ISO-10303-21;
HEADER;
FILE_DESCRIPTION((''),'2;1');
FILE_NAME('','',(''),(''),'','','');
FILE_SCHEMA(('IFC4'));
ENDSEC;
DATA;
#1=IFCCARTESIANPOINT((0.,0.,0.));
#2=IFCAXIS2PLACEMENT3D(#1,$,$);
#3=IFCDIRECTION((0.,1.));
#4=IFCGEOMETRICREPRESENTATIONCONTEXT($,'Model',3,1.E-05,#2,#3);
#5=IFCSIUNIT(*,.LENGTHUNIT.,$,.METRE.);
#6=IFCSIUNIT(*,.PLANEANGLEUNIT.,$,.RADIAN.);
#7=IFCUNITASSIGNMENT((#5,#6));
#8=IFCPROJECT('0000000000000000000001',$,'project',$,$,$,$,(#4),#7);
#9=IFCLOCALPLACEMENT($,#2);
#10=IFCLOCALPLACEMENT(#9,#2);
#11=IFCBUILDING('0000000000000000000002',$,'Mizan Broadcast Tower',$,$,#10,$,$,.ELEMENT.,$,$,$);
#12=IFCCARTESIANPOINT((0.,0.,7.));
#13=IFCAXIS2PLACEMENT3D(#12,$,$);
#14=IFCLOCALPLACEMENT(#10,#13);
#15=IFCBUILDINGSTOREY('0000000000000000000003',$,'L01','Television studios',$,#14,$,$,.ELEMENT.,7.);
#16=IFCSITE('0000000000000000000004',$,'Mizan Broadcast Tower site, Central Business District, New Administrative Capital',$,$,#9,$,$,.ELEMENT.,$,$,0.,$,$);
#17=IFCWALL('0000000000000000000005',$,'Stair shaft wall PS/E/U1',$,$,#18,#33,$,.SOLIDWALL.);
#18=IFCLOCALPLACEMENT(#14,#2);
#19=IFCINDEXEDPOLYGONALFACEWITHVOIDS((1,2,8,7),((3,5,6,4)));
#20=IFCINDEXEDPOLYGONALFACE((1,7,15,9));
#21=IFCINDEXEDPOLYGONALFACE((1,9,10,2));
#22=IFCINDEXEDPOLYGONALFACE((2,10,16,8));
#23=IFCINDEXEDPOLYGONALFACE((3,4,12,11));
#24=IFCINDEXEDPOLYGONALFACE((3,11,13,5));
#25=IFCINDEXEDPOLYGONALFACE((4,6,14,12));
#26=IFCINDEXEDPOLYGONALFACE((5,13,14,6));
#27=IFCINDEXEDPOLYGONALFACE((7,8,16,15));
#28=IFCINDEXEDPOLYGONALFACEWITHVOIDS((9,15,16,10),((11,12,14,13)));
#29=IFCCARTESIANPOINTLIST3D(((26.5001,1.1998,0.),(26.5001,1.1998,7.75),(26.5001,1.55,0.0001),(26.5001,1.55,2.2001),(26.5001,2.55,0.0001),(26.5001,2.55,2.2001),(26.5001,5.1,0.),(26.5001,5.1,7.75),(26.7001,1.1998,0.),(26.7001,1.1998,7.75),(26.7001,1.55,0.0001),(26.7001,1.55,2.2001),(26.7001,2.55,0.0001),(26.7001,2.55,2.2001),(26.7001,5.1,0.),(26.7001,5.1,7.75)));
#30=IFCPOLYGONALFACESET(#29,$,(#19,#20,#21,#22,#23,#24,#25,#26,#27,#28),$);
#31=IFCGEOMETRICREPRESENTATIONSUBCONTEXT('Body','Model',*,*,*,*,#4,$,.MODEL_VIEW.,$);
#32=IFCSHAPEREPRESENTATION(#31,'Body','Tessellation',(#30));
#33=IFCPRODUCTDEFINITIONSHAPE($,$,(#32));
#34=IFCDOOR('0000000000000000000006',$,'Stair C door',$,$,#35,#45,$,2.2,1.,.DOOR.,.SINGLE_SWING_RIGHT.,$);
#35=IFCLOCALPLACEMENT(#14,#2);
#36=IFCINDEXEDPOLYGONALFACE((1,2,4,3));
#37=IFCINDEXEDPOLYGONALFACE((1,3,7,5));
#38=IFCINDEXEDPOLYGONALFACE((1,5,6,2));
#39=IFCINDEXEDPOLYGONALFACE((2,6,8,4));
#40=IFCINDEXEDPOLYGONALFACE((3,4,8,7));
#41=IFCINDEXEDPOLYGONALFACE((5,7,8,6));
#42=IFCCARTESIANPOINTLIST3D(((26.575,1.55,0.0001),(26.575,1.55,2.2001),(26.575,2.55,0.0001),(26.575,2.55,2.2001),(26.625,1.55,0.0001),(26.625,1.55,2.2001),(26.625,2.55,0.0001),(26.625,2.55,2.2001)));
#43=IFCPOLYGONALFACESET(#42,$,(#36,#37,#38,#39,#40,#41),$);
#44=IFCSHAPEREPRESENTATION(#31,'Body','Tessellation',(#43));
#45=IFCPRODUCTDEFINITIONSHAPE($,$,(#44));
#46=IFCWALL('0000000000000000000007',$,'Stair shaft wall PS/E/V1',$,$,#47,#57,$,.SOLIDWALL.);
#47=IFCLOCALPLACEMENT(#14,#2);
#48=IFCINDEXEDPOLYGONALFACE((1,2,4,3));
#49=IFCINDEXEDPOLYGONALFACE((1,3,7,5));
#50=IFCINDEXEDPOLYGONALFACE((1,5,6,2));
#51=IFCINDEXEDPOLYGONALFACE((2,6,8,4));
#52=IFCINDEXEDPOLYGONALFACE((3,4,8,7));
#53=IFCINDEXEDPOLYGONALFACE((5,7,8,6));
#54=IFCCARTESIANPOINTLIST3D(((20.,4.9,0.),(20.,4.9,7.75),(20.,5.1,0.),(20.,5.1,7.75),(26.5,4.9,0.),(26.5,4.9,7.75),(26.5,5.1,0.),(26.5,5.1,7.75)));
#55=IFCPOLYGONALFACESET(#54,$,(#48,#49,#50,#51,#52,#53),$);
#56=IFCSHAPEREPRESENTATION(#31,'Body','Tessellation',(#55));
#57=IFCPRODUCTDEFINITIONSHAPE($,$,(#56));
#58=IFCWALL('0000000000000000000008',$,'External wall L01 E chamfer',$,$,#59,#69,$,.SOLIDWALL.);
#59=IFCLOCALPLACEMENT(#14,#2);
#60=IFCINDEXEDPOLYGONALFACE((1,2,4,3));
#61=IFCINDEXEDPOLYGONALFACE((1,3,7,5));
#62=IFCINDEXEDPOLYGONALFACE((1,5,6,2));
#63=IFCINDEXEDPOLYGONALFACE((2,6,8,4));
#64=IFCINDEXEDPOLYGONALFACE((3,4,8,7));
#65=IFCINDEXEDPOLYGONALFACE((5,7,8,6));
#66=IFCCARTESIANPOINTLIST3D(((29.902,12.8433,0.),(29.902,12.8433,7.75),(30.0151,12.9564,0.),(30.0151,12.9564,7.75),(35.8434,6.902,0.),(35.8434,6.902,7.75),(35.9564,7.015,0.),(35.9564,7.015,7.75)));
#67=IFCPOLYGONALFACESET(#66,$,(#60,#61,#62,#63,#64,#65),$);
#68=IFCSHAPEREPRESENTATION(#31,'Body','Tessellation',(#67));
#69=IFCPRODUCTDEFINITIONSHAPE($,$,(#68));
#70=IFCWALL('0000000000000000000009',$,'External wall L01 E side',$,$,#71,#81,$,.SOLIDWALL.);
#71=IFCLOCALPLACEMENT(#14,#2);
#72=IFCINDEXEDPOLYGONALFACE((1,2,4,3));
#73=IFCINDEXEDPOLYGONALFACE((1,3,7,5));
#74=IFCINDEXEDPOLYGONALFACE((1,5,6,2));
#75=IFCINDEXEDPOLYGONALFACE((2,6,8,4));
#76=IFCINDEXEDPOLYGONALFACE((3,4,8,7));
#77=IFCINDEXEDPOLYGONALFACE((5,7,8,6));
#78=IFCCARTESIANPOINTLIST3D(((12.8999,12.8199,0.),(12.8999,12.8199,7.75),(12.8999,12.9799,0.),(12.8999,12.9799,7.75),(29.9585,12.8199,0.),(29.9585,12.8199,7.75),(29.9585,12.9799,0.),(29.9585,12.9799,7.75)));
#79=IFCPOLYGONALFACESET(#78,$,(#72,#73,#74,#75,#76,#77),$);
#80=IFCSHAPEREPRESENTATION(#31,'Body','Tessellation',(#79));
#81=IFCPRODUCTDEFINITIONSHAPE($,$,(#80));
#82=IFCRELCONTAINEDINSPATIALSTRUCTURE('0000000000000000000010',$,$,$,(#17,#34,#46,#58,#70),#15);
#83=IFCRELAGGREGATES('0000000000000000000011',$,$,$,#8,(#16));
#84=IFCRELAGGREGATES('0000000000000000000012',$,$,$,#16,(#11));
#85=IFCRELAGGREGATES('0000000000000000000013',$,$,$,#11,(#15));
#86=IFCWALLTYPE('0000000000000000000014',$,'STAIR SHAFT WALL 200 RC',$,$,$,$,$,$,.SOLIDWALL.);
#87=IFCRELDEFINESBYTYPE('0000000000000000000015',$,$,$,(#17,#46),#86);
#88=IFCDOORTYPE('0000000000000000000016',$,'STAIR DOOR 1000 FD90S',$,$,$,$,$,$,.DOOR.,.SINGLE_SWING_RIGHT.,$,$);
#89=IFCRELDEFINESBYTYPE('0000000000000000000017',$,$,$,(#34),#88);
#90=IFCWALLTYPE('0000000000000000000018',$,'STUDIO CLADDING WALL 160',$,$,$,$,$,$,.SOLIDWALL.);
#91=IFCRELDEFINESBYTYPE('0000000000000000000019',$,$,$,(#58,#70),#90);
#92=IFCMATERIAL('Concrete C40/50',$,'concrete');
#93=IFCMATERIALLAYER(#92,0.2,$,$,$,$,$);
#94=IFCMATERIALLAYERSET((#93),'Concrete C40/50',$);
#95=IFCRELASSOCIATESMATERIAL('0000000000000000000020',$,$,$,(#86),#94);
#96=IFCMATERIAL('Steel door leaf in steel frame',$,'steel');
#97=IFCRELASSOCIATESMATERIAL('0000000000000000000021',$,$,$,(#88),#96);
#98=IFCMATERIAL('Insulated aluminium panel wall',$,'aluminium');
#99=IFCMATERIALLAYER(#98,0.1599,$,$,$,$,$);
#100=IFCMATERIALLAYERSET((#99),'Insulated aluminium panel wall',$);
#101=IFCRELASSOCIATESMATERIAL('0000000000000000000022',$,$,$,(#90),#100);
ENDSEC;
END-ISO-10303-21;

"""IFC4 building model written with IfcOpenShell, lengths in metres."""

from ifc_helpers import new_model, si_unit, direction, frame, frame_2d, origin, place, context, subcontext, project, spatial, rectangle, extrude, material, layer, layer_set, type_object, element, fill, save


model = new_model("IFC4")

# Units and contexts
model_context = context("Model", 3, precision=1e-05, world=origin(), true_north=direction((0.0, 1.0)))
body_context = subcontext(model_context, "Body", "Model", "MODEL_VIEW")
ifc_project = project(units=[si_unit("LENGTHUNIT", "METRE"), si_unit("PLANEANGLEUNIT", "RADIAN")], contexts=[model_context])

# Site, building, storey
site_placement = place(None, origin())
site = spatial("IfcSite", under=ifc_project, at=site_placement, Name="Mizan Broadcast Tower site, Central Business District, New Administrative Capital", CompositionType="ELEMENT", RefElevation=0.0)
building_placement = place(site_placement, origin())
building = spatial("IfcBuilding", under=site, at=building_placement, Name="Mizan Broadcast Tower", CompositionType="ELEMENT")
storey_placement = place(building_placement, frame((0.0, 0.0, 7.0)))
storey = spatial("IfcBuildingStorey", under=building, at=storey_placement, Name="L01", Description="Television studios", CompositionType="ELEMENT", Elevation=7.0)

# Wall, opening, door
ifc_material_1 = material(Name="Concrete C40/50", Category="concrete")
ifc_layer_1 = layer(ifc_material_1, 0.2)
ifc_layer_set_1 = layer_set([ifc_layer_1], Name="Concrete C40/50")
wall_type_1 = type_object("IfcWallType", Name="STAIR SHAFT WALL 200 RC", PredefinedType="SOLIDWALL", material=ifc_layer_set_1)
wall_1_placement = place(storey_placement, frame((26.6001, 5.1001, 0.0), z_axis=(0.0, 0.0, 1.0), x_axis=(0.0, -1.0, 0.0)))
wall_1 = element("IfcWall", 1, at=wall_1_placement, inside=storey, type_object=wall_type_1, Name="Stair shaft wall PS/E/U1", PredefinedType="SOLIDWALL", context=body_context, shape_type="SweptSolid", body=[
    extrude(rectangle(XDim=3.9001, YDim=0.2, at=frame_2d((1.9502, 0.0))), origin(), (0.0, 0.0, 1.0), 7.75),
])
opening_placement = place(wall_1_placement, frame((2.55, 0.0, 0.0)))
opening = element("IfcOpeningElement", 2, at=opening_placement, cuts=wall_1, PredefinedType="OPENING", context=body_context, shape_type="SweptSolid", body=[
    extrude(rectangle(XDim=1.0, YDim=2.2, at=frame_2d((0.5, 1.1001))), frame((0.0, 0.1099, 0.0), z_axis=(0.0, -1.0, 0.0), x_axis=(1.0, 0.0, 0.0)), (0.0, 0.0, 1.0), 0.22),
])
ifc_material_2 = material(Name="Steel door leaf in steel frame", Category="steel")
door_type = type_object("IfcDoorType", Name="STAIR DOOR 1000 FD90S", OperationType="SINGLE_SWING_RIGHT", PredefinedType="DOOR", material=ifc_material_2)
door_placement = place(opening_placement, origin())
door = element("IfcDoor", 3, at=door_placement, inside=storey, type_object=door_type, Name="Stair C door", OperationType="SINGLE_SWING_RIGHT", OverallHeight=2.2, OverallWidth=1.0, PredefinedType="DOOR", context=body_context, shape_type="SweptSolid", body=[
    extrude(rectangle(XDim=1.0, YDim=2.2, at=frame_2d((0.5, 1.1001))), frame((0.0, 0.0249, 0.0), z_axis=(0.0, -1.0, 0.0), x_axis=(1.0, 0.0, 0.0)), (0.0, 0.0, 1.0), 0.05),
])
fill(opening, door)

# Walls
wall_2_placement = place(storey_placement, frame((26.5, 5.0, 0.0), z_axis=(0.0, 0.0, 1.0), x_axis=(-1.0, 0.0, 0.0)))
element("IfcWall", 4, at=wall_2_placement, inside=storey, type_object=wall_type_1, Name="Stair shaft wall PS/E/V1", PredefinedType="SOLIDWALL", context=body_context, shape_type="SweptSolid", body=[
    extrude(rectangle(XDim=6.5, YDim=0.2, at=frame_2d((3.25, 0.0))), origin(), (0.0, 0.0, 1.0), 7.75),
])
ifc_material_3 = material(Name="Insulated aluminium panel wall", Category="aluminium")
ifc_layer_2 = layer(ifc_material_3, 0.1599)
ifc_layer_set_2 = layer_set([ifc_layer_2], Name="Insulated aluminium panel wall")
wall_type_2 = type_object("IfcWallType", Name="STUDIO CLADDING WALL 160", PredefinedType="SOLIDWALL", material=ifc_layer_set_2)
wall_3_placement = place(storey_placement, frame((35.8999, 6.9585, 0.0), z_axis=(0.0, 0.0, 1.0), x_axis=(-0.707107, 0.707107, 0.0)))
element("IfcWall", 5, at=wall_3_placement, inside=storey, type_object=wall_type_2, Name="External wall L01 E chamfer", PredefinedType="SOLIDWALL", context=body_context, shape_type="SweptSolid", body=[
    extrude(rectangle(XDim=8.4023, YDim=0.1599, at=frame_2d((4.2012, 0.0))), origin(), (0.0, 0.0, 1.0), 7.75),
])
wall_4_placement = place(storey_placement, frame((29.9585, 12.8999, 0.0), z_axis=(0.0, 0.0, 1.0), x_axis=(-1.0, 0.0, 0.0)))
element("IfcWall", 6, at=wall_4_placement, inside=storey, type_object=wall_type_2, Name="External wall L01 E side", PredefinedType="SOLIDWALL", context=body_context, shape_type="SweptSolid", body=[
    extrude(rectangle(XDim=17.0586, YDim=0.1599, at=frame_2d((8.5293, 0.0))), origin(), (0.0, 0.0, 1.0), 7.75),
])

save(model, "model.ifc")
